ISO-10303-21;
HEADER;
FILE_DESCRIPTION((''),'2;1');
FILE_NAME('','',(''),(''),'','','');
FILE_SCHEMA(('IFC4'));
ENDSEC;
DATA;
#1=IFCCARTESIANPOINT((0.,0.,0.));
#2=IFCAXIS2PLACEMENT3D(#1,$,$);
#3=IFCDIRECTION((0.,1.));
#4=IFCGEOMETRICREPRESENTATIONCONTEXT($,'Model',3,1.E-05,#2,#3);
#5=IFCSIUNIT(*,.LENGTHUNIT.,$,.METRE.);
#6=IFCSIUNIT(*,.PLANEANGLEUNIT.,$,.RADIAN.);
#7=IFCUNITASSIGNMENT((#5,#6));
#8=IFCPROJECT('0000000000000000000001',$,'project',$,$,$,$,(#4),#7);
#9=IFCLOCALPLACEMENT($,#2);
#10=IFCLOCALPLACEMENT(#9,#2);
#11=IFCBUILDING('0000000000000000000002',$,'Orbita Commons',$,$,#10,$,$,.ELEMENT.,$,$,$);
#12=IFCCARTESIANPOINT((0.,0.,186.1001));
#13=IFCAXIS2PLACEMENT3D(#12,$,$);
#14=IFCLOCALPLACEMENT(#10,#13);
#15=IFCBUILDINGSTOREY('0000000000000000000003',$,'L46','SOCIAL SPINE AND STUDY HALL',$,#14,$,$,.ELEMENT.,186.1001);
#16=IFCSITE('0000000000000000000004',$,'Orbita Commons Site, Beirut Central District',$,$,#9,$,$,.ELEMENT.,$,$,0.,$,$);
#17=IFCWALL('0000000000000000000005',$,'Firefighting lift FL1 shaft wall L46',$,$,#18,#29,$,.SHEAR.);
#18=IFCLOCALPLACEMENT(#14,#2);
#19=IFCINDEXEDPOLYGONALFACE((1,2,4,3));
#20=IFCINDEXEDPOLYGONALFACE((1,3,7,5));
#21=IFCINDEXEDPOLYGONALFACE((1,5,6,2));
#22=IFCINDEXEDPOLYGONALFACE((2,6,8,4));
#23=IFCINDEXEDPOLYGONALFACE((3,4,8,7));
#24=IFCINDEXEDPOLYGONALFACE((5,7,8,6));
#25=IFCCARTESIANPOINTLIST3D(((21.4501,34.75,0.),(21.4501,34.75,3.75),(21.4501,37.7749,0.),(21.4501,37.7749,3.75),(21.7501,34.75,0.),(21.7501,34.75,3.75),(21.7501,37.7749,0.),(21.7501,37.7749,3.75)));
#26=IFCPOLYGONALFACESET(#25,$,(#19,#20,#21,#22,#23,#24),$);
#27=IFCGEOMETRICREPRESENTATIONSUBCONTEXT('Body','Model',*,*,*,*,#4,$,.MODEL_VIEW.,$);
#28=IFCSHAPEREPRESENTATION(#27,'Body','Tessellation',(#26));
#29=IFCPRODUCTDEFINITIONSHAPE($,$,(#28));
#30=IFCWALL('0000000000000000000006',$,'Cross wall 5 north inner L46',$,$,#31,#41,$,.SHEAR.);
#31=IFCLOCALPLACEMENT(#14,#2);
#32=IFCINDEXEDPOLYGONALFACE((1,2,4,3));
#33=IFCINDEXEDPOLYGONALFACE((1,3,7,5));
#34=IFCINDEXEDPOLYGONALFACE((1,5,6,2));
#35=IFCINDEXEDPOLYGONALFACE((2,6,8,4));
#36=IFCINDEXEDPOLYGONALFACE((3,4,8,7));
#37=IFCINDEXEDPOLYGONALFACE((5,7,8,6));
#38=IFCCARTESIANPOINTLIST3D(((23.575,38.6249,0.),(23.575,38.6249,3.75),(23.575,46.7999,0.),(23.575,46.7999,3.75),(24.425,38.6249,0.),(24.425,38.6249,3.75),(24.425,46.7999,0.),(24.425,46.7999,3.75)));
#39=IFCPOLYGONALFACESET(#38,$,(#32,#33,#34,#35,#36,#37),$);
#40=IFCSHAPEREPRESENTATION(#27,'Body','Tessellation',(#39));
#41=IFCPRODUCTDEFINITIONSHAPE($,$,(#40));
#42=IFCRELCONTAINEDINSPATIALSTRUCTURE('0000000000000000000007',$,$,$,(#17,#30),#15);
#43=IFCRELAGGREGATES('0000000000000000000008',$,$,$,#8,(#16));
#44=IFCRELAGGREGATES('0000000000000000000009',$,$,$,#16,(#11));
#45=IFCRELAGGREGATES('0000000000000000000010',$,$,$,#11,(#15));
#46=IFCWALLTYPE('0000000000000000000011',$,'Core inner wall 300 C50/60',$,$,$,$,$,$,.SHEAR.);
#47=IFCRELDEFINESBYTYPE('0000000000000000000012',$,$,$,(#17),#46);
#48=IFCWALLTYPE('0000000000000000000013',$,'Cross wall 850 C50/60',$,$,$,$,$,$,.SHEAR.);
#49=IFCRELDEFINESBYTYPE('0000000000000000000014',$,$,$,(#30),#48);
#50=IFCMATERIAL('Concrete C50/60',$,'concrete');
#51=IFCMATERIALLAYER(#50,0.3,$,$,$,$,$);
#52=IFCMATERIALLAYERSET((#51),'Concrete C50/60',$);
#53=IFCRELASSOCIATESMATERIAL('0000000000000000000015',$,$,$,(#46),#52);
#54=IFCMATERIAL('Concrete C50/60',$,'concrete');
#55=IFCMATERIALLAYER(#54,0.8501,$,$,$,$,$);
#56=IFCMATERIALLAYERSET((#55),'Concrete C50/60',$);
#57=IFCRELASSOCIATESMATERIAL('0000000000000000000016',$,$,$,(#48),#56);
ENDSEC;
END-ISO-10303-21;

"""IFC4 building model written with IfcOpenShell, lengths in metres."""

from ifc_helpers import new_model, si_unit, direction, frame, frame_2d, origin, place, context, subcontext, project, spatial, rectangle, extrude, material, layer, layer_set, type_object, element, save


model = new_model("IFC4")

# Units and contexts
model_context = context("Model", 3, precision=1e-05, world=origin(), true_north=direction((0.0, 1.0)))
body_context = subcontext(model_context, "Body", "Model", "MODEL_VIEW")
ifc_project = project(units=[si_unit("LENGTHUNIT", "METRE"), si_unit("PLANEANGLEUNIT", "RADIAN")], contexts=[model_context])

# Site, building, storey
site_placement = place(None, origin())
site = spatial("IfcSite", under=ifc_project, at=site_placement, Name="Orbita Commons Site, Beirut Central District", CompositionType="ELEMENT", RefElevation=0.0)
building_placement = place(site_placement, origin())
building = spatial("IfcBuilding", under=site, at=building_placement, Name="Orbita Commons", CompositionType="ELEMENT")
storey_placement = place(building_placement, frame((0.0, 0.0, 186.1001)))
storey = spatial("IfcBuildingStorey", under=building, at=storey_placement, Name="L46", Description="SOCIAL SPINE AND STUDY HALL", CompositionType="ELEMENT", Elevation=186.1001)

# Shared definitions
ifc_material_1 = material(Name="Concrete C50/60", Category="concrete")
ifc_layer_1 = layer(ifc_material_1, 0.3)
ifc_layer_set_1 = layer_set([ifc_layer_1], Name="Concrete C50/60")
wall_type_1 = type_object("IfcWallType", Name="Core inner wall 300 C50/60", PredefinedType="SHEAR", material=ifc_layer_set_1)

# Walls
wall_1_placement = place(storey_placement, frame((21.6001, 34.75, 0.0), z_axis=(0.0, 0.0, 1.0), x_axis=(0.0, 1.0, 0.0)))
element("IfcWall", 1, at=wall_1_placement, inside=storey, type_object=wall_type_1, Name="Firefighting lift FL1 shaft wall L46", PredefinedType="SHEAR", context=body_context, shape_type="SweptSolid", body=[
    extrude(rectangle(XDim=3.0249, YDim=0.3, at=frame_2d((1.5125, 0.0))), origin(), (0.0, 0.0, 1.0), 3.75),
])
ifc_material_2 = material(Name="Concrete C50/60", Category="concrete")
ifc_layer_2 = layer(ifc_material_2, 0.8501)
ifc_layer_set_2 = layer_set([ifc_layer_2], Name="Concrete C50/60")
wall_type_2 = type_object("IfcWallType", Name="Cross wall 850 C50/60", PredefinedType="SHEAR", material=ifc_layer_set_2)
wall_2_placement = place(storey_placement, frame((24.0, 38.625, 0.0), z_axis=(0.0, 0.0, 1.0), x_axis=(0.0, 1.0, 0.0)))
element("IfcWall", 2, at=wall_2_placement, inside=storey, type_object=wall_type_2, Name="Cross wall 5 north inner L46", PredefinedType="SHEAR", context=body_context, shape_type="SweptSolid", body=[
    extrude(rectangle(XDim=8.175, YDim=0.8501, at=frame_2d((4.0874, 0.0))), origin(), (0.0, 0.0, 1.0), 3.75),
])

save(model, "model.ifc")
